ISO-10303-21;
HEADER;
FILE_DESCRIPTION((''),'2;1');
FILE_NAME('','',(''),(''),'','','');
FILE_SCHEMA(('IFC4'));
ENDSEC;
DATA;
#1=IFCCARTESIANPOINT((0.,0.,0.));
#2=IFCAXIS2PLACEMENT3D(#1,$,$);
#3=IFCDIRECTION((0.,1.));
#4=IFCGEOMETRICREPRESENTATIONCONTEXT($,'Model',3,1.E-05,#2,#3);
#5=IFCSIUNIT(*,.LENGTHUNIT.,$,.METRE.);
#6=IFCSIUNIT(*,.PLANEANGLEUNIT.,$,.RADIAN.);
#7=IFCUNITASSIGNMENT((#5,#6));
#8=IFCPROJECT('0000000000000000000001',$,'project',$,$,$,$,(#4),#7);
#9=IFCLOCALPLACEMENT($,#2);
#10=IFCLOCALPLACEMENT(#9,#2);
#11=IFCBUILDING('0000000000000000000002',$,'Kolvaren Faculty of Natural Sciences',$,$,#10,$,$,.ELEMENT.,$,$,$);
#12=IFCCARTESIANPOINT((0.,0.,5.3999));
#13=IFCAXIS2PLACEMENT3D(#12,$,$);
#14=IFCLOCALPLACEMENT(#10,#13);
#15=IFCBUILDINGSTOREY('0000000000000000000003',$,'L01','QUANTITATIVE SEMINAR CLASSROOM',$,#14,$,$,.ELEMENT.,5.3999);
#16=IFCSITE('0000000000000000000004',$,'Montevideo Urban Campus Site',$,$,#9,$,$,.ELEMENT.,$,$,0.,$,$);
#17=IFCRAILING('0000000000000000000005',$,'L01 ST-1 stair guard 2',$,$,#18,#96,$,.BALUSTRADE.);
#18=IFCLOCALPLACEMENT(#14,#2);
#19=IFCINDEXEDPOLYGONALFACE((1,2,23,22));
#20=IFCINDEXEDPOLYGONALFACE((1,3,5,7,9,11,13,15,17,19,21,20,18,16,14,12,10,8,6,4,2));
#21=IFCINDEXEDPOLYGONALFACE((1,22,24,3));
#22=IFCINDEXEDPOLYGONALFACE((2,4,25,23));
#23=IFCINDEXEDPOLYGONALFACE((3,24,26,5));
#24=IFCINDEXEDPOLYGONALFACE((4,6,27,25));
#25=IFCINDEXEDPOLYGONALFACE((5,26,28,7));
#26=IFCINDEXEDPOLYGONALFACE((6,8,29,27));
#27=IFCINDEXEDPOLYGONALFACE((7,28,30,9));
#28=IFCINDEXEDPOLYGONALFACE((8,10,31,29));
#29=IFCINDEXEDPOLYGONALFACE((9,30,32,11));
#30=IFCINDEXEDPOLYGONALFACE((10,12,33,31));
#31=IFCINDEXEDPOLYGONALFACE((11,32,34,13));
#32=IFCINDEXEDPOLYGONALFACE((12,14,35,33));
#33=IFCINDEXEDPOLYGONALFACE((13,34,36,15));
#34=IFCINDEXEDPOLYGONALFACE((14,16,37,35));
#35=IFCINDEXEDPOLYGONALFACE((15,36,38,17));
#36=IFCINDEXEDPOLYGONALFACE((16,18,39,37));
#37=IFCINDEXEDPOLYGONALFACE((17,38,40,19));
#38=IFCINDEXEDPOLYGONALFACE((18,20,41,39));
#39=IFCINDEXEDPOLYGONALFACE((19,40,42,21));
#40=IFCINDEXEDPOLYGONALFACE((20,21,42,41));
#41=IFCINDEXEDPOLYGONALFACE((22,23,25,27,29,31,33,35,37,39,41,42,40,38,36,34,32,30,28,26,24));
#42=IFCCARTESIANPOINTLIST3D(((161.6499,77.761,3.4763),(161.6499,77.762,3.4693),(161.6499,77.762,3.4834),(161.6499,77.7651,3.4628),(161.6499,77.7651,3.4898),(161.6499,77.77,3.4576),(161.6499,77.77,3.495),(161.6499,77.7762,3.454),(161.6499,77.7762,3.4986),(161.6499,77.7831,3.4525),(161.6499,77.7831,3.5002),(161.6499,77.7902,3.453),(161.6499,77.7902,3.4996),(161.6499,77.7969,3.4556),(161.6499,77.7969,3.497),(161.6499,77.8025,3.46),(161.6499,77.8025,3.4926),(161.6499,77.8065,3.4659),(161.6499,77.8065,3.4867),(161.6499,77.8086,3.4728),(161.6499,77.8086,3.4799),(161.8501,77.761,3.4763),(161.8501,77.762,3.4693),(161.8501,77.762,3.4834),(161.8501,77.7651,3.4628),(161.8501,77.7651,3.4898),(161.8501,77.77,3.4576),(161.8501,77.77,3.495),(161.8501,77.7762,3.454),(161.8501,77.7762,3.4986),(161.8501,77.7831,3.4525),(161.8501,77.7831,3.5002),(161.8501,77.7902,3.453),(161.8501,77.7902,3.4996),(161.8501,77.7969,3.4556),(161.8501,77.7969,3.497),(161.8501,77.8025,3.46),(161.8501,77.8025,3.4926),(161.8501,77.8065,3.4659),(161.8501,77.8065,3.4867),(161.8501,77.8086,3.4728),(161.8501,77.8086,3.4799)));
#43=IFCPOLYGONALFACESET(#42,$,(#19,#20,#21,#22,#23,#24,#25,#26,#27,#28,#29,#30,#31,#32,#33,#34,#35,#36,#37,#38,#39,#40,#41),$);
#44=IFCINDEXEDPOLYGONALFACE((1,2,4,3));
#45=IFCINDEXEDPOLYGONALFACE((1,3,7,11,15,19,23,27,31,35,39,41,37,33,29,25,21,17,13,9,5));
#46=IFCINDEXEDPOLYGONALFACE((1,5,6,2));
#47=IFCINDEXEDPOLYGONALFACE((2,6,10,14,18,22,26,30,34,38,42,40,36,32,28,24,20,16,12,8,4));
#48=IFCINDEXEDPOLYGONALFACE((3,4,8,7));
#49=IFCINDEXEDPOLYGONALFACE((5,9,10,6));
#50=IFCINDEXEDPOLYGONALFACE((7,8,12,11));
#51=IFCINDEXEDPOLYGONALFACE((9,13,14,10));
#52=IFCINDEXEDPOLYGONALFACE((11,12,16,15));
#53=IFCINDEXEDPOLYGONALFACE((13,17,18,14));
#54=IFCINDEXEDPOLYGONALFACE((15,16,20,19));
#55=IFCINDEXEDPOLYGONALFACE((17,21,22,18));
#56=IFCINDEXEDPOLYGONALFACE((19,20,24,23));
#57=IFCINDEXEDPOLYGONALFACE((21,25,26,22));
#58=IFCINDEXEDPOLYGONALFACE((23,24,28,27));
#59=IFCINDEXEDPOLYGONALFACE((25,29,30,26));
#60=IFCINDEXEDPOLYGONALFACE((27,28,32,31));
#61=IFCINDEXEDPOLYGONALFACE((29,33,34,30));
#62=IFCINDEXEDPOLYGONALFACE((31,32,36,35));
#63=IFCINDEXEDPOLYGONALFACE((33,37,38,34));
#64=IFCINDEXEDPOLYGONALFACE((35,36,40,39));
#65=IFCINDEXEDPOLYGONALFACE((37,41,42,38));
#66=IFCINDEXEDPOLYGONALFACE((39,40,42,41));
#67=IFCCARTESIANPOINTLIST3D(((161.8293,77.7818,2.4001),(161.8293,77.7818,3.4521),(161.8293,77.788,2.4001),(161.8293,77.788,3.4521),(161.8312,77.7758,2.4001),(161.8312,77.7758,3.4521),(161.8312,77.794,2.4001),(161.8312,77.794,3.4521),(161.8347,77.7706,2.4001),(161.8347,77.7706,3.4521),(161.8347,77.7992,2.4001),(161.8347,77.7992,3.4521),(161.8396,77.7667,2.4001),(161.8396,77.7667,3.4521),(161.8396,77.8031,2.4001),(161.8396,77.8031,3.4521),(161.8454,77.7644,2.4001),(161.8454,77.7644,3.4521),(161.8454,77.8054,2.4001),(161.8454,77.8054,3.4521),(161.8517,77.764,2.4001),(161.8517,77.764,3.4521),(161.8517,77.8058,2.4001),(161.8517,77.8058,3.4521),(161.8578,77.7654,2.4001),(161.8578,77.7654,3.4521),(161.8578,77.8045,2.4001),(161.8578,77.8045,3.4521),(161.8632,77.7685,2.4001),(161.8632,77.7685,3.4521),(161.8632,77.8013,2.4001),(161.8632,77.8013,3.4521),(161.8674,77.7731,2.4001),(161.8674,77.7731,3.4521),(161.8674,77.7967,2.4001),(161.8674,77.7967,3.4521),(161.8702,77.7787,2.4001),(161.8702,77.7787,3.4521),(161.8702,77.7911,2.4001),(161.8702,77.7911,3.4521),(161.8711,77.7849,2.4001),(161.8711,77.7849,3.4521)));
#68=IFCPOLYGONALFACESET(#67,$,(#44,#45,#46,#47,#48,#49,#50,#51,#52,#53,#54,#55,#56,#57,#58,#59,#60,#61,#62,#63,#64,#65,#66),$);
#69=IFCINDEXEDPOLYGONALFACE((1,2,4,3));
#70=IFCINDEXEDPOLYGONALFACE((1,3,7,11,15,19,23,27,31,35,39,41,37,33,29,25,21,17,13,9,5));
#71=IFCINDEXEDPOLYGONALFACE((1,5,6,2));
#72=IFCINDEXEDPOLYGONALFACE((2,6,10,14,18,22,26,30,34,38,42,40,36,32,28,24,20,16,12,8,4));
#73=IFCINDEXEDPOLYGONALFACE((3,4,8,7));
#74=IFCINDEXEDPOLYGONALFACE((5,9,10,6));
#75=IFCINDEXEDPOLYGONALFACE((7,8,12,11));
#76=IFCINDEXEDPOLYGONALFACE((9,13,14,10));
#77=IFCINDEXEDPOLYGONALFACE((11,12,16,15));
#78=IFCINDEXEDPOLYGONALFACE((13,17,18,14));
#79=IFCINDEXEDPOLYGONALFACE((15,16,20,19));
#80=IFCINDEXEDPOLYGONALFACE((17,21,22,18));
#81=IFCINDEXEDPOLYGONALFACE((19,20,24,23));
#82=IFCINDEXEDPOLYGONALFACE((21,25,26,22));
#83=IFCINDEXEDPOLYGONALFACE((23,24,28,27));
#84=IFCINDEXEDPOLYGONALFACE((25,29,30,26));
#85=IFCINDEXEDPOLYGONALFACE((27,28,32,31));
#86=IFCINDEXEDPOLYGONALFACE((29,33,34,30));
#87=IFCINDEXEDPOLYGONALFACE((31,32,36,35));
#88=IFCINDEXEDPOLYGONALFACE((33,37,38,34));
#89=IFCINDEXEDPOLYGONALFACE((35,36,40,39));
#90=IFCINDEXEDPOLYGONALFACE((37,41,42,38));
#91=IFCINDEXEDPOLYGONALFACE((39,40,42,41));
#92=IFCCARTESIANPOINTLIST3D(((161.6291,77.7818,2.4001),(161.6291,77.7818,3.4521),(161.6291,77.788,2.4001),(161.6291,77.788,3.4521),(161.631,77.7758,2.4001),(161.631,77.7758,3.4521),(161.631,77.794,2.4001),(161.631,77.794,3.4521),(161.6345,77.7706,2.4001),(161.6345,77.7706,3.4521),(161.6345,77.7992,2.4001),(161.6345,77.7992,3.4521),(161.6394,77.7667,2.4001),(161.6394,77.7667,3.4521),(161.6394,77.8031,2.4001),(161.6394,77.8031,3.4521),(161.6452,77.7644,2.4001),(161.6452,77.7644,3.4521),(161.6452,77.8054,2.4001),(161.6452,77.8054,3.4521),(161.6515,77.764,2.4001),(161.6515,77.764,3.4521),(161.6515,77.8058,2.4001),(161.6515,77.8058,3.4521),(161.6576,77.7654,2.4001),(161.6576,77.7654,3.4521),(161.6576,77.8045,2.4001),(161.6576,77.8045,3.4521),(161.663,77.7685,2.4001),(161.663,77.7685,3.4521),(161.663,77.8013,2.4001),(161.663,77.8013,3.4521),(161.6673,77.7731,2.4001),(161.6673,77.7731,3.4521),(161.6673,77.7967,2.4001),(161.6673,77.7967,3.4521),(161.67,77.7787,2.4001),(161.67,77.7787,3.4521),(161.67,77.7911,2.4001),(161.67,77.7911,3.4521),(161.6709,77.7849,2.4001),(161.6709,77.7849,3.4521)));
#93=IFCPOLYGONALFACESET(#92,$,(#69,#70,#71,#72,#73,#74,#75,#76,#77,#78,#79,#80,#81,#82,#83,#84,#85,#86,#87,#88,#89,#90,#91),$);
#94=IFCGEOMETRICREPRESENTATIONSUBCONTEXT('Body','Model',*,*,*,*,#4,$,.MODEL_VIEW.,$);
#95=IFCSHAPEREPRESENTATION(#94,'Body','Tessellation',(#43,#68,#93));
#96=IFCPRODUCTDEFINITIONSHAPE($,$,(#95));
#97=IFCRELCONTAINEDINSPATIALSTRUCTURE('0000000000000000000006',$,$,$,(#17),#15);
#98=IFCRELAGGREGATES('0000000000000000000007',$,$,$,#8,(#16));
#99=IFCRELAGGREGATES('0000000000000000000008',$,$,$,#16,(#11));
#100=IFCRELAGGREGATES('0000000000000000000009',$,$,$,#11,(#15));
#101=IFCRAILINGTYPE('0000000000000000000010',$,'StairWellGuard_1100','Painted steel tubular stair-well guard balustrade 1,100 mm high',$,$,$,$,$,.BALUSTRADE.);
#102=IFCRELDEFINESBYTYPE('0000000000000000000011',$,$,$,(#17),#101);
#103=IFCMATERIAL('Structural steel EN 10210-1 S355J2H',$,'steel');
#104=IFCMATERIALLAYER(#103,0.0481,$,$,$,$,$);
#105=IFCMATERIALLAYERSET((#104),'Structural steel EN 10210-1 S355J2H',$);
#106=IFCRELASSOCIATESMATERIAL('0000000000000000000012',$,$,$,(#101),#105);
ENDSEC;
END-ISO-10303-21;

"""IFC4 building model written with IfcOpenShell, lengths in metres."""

from ifc_helpers import new_model, si_unit, direction, frame, origin, origin_2d, place, context, subcontext, project, spatial, circle, extrude, material, layer, layer_set, type_object, element, save


model = new_model("IFC4")

# Units and contexts
model_context = context("Model", 3, precision=1e-05, world=origin(), true_north=direction((0.0, 1.0)))
body_context = subcontext(model_context, "Body", "Model", "MODEL_VIEW")
ifc_project = project(units=[si_unit("LENGTHUNIT", "METRE"), si_unit("PLANEANGLEUNIT", "RADIAN")], contexts=[model_context])

# Site, building, storey
site_placement = place(None, origin())
site = spatial("IfcSite", under=ifc_project, at=site_placement, Name="Montevideo Urban Campus Site", CompositionType="ELEMENT", RefElevation=0.0)
building_placement = place(site_placement, origin())
building = spatial("IfcBuilding", under=site, at=building_placement, Name="Kolvaren Faculty of Natural Sciences", CompositionType="ELEMENT")
storey_placement = place(building_placement, frame((0.0, 0.0, 5.3999)))
storey = spatial("IfcBuildingStorey", under=building, at=storey_placement, Name="L01", Description="QUANTITATIVE SEMINAR CLASSROOM", CompositionType="ELEMENT", Elevation=5.3999)

# Railing
ifc_material_1 = material(Name="Structural steel EN 10210-1 S355J2H", Category="steel")
ifc_layer_1 = layer(ifc_material_1, 0.0481)
ifc_layer_set_1 = layer_set([ifc_layer_1], Name="Structural steel EN 10210-1 S355J2H")
railing_type_1 = type_object("IfcRailingType", Name="StairWellGuard_1100", Description="Painted steel tubular stair-well guard balustrade 1,100 mm high", PredefinedType="BALUSTRADE", material=ifc_layer_set_1)
railing_1_placement = place(storey_placement, frame((161.8501, 77.7849, 2.4001)))
element("IfcRailing", 1, at=railing_1_placement, inside=storey, type_object=railing_type_1, Name="L01 ST-1 stair guard 2", PredefinedType="BALUSTRADE", context=body_context, shape_type="SweptSolid", body=[
    extrude(circle(Radius=0.0239, at=origin_2d()), frame((0.0, 0.0, 1.0762), z_axis=(-1.0, 0.0, 0.0), x_axis=(0.0, -1.0, 0.0)), (0.0, 0.0, 1.0), 0.2002),
    extrude(circle(Radius=0.021, at=origin_2d()), origin(), (0.0, 0.0, 1.0), 1.052),
    extrude(circle(Radius=0.021, at=origin_2d()), frame((-0.2002, 0.0, 0.0)), (0.0, 0.0, 1.0), 1.052),
])

save(model, "model.ifc")
